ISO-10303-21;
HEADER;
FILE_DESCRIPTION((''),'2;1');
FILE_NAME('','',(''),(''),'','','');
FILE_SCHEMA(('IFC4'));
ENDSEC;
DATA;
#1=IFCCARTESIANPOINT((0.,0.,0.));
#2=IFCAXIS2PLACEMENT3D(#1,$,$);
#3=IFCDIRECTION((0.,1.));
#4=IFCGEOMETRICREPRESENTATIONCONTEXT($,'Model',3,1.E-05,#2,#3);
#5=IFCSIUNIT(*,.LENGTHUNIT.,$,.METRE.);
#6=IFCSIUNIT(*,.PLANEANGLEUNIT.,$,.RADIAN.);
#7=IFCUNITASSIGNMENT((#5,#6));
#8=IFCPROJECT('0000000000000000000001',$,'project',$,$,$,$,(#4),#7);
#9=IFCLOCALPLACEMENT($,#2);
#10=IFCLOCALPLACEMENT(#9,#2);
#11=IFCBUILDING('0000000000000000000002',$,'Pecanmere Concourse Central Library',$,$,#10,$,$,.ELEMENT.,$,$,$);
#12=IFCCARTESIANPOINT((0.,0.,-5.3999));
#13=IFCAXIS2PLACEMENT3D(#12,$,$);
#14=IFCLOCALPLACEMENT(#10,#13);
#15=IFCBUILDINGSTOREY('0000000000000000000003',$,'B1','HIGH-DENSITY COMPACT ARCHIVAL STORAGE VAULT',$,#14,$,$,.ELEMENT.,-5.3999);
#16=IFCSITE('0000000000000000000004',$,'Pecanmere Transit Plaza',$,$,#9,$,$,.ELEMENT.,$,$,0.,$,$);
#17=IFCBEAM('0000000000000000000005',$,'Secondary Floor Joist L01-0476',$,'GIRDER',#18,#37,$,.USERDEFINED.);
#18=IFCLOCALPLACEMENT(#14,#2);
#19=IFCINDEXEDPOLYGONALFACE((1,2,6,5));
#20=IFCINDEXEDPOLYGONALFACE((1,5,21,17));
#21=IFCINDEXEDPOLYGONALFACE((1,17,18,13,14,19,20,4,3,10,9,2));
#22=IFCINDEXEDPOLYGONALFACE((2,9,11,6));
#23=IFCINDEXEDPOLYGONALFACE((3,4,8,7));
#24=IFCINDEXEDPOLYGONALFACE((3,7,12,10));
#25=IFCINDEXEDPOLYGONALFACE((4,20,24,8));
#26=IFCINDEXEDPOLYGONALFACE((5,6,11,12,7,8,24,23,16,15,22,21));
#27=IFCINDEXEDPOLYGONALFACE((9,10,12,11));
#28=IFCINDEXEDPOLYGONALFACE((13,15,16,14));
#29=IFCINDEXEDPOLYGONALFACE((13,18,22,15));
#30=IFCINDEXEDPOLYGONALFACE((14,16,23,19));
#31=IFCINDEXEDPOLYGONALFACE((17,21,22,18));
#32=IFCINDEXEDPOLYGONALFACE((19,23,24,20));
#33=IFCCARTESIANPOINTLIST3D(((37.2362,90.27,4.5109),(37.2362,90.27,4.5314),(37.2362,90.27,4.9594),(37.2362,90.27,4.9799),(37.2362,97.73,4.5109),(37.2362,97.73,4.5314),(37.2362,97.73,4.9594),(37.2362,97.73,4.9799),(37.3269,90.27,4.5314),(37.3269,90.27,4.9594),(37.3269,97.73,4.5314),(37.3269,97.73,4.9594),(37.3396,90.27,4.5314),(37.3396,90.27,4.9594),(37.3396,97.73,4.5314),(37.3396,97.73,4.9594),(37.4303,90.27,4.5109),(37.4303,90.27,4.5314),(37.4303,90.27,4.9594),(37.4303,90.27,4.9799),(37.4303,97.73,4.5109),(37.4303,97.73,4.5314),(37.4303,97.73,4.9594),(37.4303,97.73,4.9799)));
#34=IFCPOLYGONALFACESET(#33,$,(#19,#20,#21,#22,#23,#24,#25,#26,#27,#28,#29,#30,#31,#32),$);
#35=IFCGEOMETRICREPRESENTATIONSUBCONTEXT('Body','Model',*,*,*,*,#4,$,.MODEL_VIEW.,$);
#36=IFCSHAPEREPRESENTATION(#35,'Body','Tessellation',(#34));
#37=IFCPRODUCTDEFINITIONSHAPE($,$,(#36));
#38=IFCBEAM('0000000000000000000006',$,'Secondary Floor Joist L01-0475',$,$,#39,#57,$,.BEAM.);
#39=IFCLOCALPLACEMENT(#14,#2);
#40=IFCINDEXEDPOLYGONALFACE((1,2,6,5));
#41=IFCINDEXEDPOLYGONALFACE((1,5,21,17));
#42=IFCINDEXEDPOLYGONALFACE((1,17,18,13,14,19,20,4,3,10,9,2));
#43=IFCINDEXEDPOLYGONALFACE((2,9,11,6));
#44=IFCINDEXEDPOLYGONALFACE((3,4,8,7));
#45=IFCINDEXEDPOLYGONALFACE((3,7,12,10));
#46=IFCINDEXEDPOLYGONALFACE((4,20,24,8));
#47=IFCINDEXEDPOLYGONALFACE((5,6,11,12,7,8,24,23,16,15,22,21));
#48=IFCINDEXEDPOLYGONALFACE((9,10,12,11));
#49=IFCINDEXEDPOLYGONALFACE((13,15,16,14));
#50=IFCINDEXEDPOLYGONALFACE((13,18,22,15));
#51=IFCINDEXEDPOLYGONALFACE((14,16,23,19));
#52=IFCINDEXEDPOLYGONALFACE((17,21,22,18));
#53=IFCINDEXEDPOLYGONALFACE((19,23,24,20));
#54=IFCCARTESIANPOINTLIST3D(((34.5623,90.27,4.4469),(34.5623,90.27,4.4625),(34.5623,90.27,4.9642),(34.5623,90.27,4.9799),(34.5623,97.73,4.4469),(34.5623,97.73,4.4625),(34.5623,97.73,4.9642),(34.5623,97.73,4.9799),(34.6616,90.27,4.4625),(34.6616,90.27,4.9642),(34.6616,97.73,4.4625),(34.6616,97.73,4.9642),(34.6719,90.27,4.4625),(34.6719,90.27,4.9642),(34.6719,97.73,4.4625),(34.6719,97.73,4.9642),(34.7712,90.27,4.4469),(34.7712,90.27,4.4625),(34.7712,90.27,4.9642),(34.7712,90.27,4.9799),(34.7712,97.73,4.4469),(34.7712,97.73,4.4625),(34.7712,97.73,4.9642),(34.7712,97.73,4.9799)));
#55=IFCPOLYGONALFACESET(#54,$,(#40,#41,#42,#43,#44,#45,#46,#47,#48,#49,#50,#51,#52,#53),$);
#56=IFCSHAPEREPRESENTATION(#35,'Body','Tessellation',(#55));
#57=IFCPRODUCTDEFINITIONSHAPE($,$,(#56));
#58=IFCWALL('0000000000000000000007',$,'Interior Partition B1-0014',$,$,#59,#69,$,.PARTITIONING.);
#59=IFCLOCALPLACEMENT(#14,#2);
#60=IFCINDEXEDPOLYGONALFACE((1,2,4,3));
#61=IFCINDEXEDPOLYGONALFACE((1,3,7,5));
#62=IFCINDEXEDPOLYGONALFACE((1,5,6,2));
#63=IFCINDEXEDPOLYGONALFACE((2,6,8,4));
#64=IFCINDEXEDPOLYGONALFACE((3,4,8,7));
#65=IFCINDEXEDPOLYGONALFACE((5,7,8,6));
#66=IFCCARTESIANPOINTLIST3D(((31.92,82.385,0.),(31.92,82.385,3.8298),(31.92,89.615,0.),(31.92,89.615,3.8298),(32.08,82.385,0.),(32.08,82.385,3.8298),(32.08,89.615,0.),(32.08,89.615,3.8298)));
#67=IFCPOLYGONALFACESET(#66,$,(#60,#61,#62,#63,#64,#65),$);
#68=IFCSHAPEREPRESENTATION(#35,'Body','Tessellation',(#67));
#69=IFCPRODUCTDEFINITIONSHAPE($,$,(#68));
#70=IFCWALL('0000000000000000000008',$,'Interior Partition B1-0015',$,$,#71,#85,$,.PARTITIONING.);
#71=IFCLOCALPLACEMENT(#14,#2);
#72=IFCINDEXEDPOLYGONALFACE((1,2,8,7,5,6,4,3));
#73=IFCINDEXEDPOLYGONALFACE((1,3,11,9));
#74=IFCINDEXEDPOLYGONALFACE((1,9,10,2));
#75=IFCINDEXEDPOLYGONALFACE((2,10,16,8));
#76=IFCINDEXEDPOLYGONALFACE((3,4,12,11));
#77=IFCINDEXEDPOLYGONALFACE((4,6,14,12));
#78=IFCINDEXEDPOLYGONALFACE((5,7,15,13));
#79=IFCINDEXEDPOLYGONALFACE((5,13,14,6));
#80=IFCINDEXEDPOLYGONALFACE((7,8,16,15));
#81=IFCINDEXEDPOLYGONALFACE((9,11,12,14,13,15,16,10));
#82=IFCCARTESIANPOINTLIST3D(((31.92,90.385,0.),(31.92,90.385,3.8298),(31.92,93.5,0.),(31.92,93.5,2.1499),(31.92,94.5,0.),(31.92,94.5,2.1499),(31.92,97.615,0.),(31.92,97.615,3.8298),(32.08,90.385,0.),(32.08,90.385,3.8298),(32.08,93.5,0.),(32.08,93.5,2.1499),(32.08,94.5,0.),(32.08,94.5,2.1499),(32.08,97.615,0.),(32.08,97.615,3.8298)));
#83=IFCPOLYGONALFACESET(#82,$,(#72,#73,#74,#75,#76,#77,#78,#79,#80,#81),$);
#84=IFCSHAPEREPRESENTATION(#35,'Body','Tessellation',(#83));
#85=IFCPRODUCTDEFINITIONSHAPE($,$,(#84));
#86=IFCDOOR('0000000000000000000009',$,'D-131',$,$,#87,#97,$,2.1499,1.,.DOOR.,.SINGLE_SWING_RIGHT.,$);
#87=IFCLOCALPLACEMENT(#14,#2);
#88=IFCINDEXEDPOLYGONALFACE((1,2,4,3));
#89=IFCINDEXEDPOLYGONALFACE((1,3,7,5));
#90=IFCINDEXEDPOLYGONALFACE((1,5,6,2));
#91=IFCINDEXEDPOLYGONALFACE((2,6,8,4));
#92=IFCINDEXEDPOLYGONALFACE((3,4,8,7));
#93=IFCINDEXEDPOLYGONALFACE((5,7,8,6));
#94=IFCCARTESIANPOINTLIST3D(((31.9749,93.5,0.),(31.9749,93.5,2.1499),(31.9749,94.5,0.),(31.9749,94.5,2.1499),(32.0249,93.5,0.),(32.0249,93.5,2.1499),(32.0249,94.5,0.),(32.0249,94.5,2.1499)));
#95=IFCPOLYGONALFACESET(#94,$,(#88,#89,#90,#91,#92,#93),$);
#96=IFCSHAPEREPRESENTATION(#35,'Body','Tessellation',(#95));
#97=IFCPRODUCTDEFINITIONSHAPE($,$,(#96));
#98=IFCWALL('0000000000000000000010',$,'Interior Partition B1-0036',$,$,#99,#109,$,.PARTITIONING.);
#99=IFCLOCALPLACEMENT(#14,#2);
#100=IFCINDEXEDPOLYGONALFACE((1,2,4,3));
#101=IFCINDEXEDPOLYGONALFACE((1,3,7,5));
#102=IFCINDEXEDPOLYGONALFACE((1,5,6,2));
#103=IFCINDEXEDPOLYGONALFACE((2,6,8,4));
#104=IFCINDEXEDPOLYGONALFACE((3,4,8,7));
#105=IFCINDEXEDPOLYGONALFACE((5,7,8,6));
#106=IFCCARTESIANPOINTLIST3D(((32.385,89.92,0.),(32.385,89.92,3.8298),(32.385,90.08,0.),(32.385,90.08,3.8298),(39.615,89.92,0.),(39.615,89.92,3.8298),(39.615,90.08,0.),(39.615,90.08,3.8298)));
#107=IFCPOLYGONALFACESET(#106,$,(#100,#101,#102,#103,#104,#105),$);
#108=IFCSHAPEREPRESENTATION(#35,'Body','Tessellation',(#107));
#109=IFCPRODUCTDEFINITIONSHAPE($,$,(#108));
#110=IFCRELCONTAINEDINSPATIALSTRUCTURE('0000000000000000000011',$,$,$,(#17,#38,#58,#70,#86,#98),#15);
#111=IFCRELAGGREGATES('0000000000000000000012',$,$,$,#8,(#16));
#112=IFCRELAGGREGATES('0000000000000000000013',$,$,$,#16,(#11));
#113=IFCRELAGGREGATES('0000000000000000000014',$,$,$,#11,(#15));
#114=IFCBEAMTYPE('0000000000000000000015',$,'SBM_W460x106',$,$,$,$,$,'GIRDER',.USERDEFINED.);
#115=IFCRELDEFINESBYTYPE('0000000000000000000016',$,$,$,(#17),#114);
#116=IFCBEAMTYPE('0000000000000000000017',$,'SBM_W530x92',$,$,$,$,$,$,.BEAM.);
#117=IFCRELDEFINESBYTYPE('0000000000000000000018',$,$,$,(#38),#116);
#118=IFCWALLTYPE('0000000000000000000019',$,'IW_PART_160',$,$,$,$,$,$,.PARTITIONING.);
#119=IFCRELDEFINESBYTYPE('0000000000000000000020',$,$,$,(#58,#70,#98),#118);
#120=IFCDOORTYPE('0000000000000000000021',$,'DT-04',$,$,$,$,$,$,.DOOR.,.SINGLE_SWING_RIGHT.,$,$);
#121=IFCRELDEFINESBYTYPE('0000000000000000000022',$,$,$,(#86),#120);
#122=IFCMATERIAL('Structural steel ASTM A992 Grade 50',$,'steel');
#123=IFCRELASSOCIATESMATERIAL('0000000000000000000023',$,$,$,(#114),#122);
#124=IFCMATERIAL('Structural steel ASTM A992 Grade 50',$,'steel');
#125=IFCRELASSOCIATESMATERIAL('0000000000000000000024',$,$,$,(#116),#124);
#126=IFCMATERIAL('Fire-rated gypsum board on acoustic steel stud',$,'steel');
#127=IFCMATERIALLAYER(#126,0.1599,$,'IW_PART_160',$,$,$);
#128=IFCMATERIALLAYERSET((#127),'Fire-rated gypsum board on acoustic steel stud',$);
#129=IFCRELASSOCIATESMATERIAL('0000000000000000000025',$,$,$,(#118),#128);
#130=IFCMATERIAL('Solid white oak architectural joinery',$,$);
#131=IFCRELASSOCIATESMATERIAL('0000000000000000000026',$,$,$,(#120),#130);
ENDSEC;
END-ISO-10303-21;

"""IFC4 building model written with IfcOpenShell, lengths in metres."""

from ifc_helpers import new_model, si_unit, direction, frame, frame_2d, origin, origin_2d, place, context, subcontext, project, spatial, rectangle, i_section, extrude, material, layer, layer_set, material_profile, profile_set, type_object, element, fill, save


model = new_model("IFC4")

# Units and contexts
model_context = context("Model", 3, precision=1e-05, world=origin(), true_north=direction((0.0, 1.0)))
body_context = subcontext(model_context, "Body", "Model", "MODEL_VIEW")
ifc_project = project(units=[si_unit("LENGTHUNIT", "METRE"), si_unit("PLANEANGLEUNIT", "RADIAN")], contexts=[model_context])

# Site, building, storey
site_placement = place(None, origin())
site = spatial("IfcSite", under=ifc_project, at=site_placement, Name="Pecanmere Transit Plaza", CompositionType="ELEMENT", RefElevation=0.0)
building_placement = place(site_placement, origin())
building = spatial("IfcBuilding", under=site, at=building_placement, Name="Pecanmere Concourse Central Library", CompositionType="ELEMENT")
storey_placement = place(building_placement, frame((0.0, 0.0, -5.3999)))
storey = spatial("IfcBuildingStorey", under=building, at=storey_placement, Name="B1", Description="HIGH-DENSITY COMPACT ARCHIVAL STORAGE VAULT", CompositionType="ELEMENT", Elevation=-5.3999)

# Beams
ifc_material_1 = material(Name="Structural steel ASTM A992 Grade 50", Category="steel")
ifc_material_profile_1 = material_profile(ifc_material_1, i_section(OverallWidth=0.1941, OverallDepth=0.469, WebThickness=0.0127, FlangeThickness=0.0205, at=origin_2d()), Name="W460x106")
ifc_profile_set_1 = profile_set([ifc_material_profile_1], Name="Structural steel ASTM A992 Grade 50")
beam_type_1 = type_object("IfcBeamType", Name="SBM_W460x106", ElementType="GIRDER", PredefinedType="USERDEFINED", material=ifc_profile_set_1)
beam_1_placement = place(storey_placement, frame((37.3333, 90.27, 4.7454), z_axis=(0.0, 1.0, 0.0), x_axis=(-1.0, 0.0, 0.0)))
element("IfcBeam", 1, at=beam_1_placement, inside=storey, type_object=beam_type_1, Name="Secondary Floor Joist L01-0476", ObjectType="GIRDER", PredefinedType="USERDEFINED", context=body_context, shape_type="SweptSolid", body=[
    extrude(i_section(OverallWidth=0.1941, OverallDepth=0.469, WebThickness=0.0127, FlangeThickness=0.0205, at=origin_2d()), origin(), (0.0, 0.0, 1.0), 7.46),
])
ifc_material_2 = material(Name="Structural steel ASTM A992 Grade 50", Category="steel")
ifc_material_profile_2 = material_profile(ifc_material_2, i_section(OverallWidth=0.209, OverallDepth=0.533, WebThickness=0.0103, FlangeThickness=0.0156, at=origin_2d()), Name="W530x92")
ifc_profile_set_2 = profile_set([ifc_material_profile_2], Name="Structural steel ASTM A992 Grade 50")
beam_type_2 = type_object("IfcBeamType", Name="SBM_W530x92", PredefinedType="BEAM", material=ifc_profile_set_2)
beam_2_placement = place(storey_placement, frame((34.6667, 90.27, 4.7134), z_axis=(0.0, 1.0, 0.0), x_axis=(-1.0, 0.0, 0.0)))
element("IfcBeam", 2, at=beam_2_placement, inside=storey, type_object=beam_type_2, Name="Secondary Floor Joist L01-0475", PredefinedType="BEAM", context=body_context, shape_type="SweptSolid", body=[
    extrude(i_section(OverallWidth=0.209, OverallDepth=0.533, WebThickness=0.0103, FlangeThickness=0.0156, at=origin_2d()), origin(), (0.0, 0.0, 1.0), 7.46),
])

# Wall
ifc_material_3 = material(Name="Fire-rated gypsum board on acoustic steel stud", Category="steel")
ifc_layer = layer(ifc_material_3, 0.1599, Name="IW_PART_160")
ifc_layer_set = layer_set([ifc_layer], Name="Fire-rated gypsum board on acoustic steel stud")
wall_type = type_object("IfcWallType", Name="IW_PART_160", PredefinedType="PARTITIONING", material=ifc_layer_set)
wall_1_placement = place(storey_placement, frame((32.0, 82.385, 0.0), z_axis=(0.0, 0.0, 1.0), x_axis=(0.0, 1.0, 0.0)))
element("IfcWall", 3, at=wall_1_placement, inside=storey, type_object=wall_type, Name="Interior Partition B1-0014", PredefinedType="PARTITIONING", context=body_context, shape_type="SweptSolid", body=[
    extrude(rectangle(XDim=7.23, YDim=0.1599, at=frame_2d((3.615, 0.0))), origin(), (0.0, 0.0, 1.0), 3.8298),
])

# Wall, opening, door
wall_2_placement = place(storey_placement, frame((32.0, 90.385, 0.0), z_axis=(0.0, 0.0, 1.0), x_axis=(0.0, 1.0, 0.0)))
wall_2 = element("IfcWall", 4, at=wall_2_placement, inside=storey, type_object=wall_type, Name="Interior Partition B1-0015", PredefinedType="PARTITIONING", context=body_context, shape_type="SweptSolid", body=[
    extrude(rectangle(XDim=7.23, YDim=0.1599, at=frame_2d((3.615, 0.0))), origin(), (0.0, 0.0, 1.0), 3.8298),
])
opening_placement = place(wall_2_placement, frame((3.115, 0.0, 0.0)))
opening = element("IfcOpeningElement", 5, at=opening_placement, cuts=wall_2, PredefinedType="OPENING", context=body_context, shape_type="SweptSolid", body=[
    extrude(rectangle(XDim=1.0, YDim=2.1499, at=frame_2d((0.5, 1.075))), frame((0.0, 0.0918, 0.0), z_axis=(0.0, -1.0, 0.0), x_axis=(1.0, 0.0, 0.0)), (0.0, 0.0, 1.0), 0.1838),
])
ifc_material_4 = material(Name="Solid white oak architectural joinery")
door_type = type_object("IfcDoorType", Name="DT-04", OperationType="SINGLE_SWING_RIGHT", PredefinedType="DOOR", material=ifc_material_4)
door_placement = place(opening_placement, frame((1.0, 0.0, 0.0), z_axis=(0.0, 0.0, 1.0), x_axis=(-1.0, 0.0, 0.0)))
door = element("IfcDoor", 6, at=door_placement, inside=storey, type_object=door_type, Name="D-131", OperationType="SINGLE_SWING_RIGHT", OverallHeight=2.1499, OverallWidth=1.0, PredefinedType="DOOR", context=body_context, shape_type="SweptSolid", body=[
    extrude(rectangle(XDim=1.0, YDim=2.1499, at=frame_2d((0.5, 1.075))), frame((0.0, 0.0249, 0.0), z_axis=(0.0, -1.0, 0.0), x_axis=(1.0, 0.0, 0.0)), (0.0, 0.0, 1.0), 0.05),
])
fill(opening, door)

# Wall
wall_3_placement = place(storey_placement, frame((32.385, 90.0, 0.0), z_axis=(0.0, 0.0, 1.0), x_axis=(1.0, 0.0, 0.0)))
element("IfcWall", 7, at=wall_3_placement, inside=storey, type_object=wall_type, Name="Interior Partition B1-0036", PredefinedType="PARTITIONING", context=body_context, shape_type="SweptSolid", body=[
    extrude(rectangle(XDim=7.23, YDim=0.1599, at=frame_2d((3.615, 0.0))), origin(), (0.0, 0.0, 1.0), 3.8298),
])

save(model, "model.ifc")
